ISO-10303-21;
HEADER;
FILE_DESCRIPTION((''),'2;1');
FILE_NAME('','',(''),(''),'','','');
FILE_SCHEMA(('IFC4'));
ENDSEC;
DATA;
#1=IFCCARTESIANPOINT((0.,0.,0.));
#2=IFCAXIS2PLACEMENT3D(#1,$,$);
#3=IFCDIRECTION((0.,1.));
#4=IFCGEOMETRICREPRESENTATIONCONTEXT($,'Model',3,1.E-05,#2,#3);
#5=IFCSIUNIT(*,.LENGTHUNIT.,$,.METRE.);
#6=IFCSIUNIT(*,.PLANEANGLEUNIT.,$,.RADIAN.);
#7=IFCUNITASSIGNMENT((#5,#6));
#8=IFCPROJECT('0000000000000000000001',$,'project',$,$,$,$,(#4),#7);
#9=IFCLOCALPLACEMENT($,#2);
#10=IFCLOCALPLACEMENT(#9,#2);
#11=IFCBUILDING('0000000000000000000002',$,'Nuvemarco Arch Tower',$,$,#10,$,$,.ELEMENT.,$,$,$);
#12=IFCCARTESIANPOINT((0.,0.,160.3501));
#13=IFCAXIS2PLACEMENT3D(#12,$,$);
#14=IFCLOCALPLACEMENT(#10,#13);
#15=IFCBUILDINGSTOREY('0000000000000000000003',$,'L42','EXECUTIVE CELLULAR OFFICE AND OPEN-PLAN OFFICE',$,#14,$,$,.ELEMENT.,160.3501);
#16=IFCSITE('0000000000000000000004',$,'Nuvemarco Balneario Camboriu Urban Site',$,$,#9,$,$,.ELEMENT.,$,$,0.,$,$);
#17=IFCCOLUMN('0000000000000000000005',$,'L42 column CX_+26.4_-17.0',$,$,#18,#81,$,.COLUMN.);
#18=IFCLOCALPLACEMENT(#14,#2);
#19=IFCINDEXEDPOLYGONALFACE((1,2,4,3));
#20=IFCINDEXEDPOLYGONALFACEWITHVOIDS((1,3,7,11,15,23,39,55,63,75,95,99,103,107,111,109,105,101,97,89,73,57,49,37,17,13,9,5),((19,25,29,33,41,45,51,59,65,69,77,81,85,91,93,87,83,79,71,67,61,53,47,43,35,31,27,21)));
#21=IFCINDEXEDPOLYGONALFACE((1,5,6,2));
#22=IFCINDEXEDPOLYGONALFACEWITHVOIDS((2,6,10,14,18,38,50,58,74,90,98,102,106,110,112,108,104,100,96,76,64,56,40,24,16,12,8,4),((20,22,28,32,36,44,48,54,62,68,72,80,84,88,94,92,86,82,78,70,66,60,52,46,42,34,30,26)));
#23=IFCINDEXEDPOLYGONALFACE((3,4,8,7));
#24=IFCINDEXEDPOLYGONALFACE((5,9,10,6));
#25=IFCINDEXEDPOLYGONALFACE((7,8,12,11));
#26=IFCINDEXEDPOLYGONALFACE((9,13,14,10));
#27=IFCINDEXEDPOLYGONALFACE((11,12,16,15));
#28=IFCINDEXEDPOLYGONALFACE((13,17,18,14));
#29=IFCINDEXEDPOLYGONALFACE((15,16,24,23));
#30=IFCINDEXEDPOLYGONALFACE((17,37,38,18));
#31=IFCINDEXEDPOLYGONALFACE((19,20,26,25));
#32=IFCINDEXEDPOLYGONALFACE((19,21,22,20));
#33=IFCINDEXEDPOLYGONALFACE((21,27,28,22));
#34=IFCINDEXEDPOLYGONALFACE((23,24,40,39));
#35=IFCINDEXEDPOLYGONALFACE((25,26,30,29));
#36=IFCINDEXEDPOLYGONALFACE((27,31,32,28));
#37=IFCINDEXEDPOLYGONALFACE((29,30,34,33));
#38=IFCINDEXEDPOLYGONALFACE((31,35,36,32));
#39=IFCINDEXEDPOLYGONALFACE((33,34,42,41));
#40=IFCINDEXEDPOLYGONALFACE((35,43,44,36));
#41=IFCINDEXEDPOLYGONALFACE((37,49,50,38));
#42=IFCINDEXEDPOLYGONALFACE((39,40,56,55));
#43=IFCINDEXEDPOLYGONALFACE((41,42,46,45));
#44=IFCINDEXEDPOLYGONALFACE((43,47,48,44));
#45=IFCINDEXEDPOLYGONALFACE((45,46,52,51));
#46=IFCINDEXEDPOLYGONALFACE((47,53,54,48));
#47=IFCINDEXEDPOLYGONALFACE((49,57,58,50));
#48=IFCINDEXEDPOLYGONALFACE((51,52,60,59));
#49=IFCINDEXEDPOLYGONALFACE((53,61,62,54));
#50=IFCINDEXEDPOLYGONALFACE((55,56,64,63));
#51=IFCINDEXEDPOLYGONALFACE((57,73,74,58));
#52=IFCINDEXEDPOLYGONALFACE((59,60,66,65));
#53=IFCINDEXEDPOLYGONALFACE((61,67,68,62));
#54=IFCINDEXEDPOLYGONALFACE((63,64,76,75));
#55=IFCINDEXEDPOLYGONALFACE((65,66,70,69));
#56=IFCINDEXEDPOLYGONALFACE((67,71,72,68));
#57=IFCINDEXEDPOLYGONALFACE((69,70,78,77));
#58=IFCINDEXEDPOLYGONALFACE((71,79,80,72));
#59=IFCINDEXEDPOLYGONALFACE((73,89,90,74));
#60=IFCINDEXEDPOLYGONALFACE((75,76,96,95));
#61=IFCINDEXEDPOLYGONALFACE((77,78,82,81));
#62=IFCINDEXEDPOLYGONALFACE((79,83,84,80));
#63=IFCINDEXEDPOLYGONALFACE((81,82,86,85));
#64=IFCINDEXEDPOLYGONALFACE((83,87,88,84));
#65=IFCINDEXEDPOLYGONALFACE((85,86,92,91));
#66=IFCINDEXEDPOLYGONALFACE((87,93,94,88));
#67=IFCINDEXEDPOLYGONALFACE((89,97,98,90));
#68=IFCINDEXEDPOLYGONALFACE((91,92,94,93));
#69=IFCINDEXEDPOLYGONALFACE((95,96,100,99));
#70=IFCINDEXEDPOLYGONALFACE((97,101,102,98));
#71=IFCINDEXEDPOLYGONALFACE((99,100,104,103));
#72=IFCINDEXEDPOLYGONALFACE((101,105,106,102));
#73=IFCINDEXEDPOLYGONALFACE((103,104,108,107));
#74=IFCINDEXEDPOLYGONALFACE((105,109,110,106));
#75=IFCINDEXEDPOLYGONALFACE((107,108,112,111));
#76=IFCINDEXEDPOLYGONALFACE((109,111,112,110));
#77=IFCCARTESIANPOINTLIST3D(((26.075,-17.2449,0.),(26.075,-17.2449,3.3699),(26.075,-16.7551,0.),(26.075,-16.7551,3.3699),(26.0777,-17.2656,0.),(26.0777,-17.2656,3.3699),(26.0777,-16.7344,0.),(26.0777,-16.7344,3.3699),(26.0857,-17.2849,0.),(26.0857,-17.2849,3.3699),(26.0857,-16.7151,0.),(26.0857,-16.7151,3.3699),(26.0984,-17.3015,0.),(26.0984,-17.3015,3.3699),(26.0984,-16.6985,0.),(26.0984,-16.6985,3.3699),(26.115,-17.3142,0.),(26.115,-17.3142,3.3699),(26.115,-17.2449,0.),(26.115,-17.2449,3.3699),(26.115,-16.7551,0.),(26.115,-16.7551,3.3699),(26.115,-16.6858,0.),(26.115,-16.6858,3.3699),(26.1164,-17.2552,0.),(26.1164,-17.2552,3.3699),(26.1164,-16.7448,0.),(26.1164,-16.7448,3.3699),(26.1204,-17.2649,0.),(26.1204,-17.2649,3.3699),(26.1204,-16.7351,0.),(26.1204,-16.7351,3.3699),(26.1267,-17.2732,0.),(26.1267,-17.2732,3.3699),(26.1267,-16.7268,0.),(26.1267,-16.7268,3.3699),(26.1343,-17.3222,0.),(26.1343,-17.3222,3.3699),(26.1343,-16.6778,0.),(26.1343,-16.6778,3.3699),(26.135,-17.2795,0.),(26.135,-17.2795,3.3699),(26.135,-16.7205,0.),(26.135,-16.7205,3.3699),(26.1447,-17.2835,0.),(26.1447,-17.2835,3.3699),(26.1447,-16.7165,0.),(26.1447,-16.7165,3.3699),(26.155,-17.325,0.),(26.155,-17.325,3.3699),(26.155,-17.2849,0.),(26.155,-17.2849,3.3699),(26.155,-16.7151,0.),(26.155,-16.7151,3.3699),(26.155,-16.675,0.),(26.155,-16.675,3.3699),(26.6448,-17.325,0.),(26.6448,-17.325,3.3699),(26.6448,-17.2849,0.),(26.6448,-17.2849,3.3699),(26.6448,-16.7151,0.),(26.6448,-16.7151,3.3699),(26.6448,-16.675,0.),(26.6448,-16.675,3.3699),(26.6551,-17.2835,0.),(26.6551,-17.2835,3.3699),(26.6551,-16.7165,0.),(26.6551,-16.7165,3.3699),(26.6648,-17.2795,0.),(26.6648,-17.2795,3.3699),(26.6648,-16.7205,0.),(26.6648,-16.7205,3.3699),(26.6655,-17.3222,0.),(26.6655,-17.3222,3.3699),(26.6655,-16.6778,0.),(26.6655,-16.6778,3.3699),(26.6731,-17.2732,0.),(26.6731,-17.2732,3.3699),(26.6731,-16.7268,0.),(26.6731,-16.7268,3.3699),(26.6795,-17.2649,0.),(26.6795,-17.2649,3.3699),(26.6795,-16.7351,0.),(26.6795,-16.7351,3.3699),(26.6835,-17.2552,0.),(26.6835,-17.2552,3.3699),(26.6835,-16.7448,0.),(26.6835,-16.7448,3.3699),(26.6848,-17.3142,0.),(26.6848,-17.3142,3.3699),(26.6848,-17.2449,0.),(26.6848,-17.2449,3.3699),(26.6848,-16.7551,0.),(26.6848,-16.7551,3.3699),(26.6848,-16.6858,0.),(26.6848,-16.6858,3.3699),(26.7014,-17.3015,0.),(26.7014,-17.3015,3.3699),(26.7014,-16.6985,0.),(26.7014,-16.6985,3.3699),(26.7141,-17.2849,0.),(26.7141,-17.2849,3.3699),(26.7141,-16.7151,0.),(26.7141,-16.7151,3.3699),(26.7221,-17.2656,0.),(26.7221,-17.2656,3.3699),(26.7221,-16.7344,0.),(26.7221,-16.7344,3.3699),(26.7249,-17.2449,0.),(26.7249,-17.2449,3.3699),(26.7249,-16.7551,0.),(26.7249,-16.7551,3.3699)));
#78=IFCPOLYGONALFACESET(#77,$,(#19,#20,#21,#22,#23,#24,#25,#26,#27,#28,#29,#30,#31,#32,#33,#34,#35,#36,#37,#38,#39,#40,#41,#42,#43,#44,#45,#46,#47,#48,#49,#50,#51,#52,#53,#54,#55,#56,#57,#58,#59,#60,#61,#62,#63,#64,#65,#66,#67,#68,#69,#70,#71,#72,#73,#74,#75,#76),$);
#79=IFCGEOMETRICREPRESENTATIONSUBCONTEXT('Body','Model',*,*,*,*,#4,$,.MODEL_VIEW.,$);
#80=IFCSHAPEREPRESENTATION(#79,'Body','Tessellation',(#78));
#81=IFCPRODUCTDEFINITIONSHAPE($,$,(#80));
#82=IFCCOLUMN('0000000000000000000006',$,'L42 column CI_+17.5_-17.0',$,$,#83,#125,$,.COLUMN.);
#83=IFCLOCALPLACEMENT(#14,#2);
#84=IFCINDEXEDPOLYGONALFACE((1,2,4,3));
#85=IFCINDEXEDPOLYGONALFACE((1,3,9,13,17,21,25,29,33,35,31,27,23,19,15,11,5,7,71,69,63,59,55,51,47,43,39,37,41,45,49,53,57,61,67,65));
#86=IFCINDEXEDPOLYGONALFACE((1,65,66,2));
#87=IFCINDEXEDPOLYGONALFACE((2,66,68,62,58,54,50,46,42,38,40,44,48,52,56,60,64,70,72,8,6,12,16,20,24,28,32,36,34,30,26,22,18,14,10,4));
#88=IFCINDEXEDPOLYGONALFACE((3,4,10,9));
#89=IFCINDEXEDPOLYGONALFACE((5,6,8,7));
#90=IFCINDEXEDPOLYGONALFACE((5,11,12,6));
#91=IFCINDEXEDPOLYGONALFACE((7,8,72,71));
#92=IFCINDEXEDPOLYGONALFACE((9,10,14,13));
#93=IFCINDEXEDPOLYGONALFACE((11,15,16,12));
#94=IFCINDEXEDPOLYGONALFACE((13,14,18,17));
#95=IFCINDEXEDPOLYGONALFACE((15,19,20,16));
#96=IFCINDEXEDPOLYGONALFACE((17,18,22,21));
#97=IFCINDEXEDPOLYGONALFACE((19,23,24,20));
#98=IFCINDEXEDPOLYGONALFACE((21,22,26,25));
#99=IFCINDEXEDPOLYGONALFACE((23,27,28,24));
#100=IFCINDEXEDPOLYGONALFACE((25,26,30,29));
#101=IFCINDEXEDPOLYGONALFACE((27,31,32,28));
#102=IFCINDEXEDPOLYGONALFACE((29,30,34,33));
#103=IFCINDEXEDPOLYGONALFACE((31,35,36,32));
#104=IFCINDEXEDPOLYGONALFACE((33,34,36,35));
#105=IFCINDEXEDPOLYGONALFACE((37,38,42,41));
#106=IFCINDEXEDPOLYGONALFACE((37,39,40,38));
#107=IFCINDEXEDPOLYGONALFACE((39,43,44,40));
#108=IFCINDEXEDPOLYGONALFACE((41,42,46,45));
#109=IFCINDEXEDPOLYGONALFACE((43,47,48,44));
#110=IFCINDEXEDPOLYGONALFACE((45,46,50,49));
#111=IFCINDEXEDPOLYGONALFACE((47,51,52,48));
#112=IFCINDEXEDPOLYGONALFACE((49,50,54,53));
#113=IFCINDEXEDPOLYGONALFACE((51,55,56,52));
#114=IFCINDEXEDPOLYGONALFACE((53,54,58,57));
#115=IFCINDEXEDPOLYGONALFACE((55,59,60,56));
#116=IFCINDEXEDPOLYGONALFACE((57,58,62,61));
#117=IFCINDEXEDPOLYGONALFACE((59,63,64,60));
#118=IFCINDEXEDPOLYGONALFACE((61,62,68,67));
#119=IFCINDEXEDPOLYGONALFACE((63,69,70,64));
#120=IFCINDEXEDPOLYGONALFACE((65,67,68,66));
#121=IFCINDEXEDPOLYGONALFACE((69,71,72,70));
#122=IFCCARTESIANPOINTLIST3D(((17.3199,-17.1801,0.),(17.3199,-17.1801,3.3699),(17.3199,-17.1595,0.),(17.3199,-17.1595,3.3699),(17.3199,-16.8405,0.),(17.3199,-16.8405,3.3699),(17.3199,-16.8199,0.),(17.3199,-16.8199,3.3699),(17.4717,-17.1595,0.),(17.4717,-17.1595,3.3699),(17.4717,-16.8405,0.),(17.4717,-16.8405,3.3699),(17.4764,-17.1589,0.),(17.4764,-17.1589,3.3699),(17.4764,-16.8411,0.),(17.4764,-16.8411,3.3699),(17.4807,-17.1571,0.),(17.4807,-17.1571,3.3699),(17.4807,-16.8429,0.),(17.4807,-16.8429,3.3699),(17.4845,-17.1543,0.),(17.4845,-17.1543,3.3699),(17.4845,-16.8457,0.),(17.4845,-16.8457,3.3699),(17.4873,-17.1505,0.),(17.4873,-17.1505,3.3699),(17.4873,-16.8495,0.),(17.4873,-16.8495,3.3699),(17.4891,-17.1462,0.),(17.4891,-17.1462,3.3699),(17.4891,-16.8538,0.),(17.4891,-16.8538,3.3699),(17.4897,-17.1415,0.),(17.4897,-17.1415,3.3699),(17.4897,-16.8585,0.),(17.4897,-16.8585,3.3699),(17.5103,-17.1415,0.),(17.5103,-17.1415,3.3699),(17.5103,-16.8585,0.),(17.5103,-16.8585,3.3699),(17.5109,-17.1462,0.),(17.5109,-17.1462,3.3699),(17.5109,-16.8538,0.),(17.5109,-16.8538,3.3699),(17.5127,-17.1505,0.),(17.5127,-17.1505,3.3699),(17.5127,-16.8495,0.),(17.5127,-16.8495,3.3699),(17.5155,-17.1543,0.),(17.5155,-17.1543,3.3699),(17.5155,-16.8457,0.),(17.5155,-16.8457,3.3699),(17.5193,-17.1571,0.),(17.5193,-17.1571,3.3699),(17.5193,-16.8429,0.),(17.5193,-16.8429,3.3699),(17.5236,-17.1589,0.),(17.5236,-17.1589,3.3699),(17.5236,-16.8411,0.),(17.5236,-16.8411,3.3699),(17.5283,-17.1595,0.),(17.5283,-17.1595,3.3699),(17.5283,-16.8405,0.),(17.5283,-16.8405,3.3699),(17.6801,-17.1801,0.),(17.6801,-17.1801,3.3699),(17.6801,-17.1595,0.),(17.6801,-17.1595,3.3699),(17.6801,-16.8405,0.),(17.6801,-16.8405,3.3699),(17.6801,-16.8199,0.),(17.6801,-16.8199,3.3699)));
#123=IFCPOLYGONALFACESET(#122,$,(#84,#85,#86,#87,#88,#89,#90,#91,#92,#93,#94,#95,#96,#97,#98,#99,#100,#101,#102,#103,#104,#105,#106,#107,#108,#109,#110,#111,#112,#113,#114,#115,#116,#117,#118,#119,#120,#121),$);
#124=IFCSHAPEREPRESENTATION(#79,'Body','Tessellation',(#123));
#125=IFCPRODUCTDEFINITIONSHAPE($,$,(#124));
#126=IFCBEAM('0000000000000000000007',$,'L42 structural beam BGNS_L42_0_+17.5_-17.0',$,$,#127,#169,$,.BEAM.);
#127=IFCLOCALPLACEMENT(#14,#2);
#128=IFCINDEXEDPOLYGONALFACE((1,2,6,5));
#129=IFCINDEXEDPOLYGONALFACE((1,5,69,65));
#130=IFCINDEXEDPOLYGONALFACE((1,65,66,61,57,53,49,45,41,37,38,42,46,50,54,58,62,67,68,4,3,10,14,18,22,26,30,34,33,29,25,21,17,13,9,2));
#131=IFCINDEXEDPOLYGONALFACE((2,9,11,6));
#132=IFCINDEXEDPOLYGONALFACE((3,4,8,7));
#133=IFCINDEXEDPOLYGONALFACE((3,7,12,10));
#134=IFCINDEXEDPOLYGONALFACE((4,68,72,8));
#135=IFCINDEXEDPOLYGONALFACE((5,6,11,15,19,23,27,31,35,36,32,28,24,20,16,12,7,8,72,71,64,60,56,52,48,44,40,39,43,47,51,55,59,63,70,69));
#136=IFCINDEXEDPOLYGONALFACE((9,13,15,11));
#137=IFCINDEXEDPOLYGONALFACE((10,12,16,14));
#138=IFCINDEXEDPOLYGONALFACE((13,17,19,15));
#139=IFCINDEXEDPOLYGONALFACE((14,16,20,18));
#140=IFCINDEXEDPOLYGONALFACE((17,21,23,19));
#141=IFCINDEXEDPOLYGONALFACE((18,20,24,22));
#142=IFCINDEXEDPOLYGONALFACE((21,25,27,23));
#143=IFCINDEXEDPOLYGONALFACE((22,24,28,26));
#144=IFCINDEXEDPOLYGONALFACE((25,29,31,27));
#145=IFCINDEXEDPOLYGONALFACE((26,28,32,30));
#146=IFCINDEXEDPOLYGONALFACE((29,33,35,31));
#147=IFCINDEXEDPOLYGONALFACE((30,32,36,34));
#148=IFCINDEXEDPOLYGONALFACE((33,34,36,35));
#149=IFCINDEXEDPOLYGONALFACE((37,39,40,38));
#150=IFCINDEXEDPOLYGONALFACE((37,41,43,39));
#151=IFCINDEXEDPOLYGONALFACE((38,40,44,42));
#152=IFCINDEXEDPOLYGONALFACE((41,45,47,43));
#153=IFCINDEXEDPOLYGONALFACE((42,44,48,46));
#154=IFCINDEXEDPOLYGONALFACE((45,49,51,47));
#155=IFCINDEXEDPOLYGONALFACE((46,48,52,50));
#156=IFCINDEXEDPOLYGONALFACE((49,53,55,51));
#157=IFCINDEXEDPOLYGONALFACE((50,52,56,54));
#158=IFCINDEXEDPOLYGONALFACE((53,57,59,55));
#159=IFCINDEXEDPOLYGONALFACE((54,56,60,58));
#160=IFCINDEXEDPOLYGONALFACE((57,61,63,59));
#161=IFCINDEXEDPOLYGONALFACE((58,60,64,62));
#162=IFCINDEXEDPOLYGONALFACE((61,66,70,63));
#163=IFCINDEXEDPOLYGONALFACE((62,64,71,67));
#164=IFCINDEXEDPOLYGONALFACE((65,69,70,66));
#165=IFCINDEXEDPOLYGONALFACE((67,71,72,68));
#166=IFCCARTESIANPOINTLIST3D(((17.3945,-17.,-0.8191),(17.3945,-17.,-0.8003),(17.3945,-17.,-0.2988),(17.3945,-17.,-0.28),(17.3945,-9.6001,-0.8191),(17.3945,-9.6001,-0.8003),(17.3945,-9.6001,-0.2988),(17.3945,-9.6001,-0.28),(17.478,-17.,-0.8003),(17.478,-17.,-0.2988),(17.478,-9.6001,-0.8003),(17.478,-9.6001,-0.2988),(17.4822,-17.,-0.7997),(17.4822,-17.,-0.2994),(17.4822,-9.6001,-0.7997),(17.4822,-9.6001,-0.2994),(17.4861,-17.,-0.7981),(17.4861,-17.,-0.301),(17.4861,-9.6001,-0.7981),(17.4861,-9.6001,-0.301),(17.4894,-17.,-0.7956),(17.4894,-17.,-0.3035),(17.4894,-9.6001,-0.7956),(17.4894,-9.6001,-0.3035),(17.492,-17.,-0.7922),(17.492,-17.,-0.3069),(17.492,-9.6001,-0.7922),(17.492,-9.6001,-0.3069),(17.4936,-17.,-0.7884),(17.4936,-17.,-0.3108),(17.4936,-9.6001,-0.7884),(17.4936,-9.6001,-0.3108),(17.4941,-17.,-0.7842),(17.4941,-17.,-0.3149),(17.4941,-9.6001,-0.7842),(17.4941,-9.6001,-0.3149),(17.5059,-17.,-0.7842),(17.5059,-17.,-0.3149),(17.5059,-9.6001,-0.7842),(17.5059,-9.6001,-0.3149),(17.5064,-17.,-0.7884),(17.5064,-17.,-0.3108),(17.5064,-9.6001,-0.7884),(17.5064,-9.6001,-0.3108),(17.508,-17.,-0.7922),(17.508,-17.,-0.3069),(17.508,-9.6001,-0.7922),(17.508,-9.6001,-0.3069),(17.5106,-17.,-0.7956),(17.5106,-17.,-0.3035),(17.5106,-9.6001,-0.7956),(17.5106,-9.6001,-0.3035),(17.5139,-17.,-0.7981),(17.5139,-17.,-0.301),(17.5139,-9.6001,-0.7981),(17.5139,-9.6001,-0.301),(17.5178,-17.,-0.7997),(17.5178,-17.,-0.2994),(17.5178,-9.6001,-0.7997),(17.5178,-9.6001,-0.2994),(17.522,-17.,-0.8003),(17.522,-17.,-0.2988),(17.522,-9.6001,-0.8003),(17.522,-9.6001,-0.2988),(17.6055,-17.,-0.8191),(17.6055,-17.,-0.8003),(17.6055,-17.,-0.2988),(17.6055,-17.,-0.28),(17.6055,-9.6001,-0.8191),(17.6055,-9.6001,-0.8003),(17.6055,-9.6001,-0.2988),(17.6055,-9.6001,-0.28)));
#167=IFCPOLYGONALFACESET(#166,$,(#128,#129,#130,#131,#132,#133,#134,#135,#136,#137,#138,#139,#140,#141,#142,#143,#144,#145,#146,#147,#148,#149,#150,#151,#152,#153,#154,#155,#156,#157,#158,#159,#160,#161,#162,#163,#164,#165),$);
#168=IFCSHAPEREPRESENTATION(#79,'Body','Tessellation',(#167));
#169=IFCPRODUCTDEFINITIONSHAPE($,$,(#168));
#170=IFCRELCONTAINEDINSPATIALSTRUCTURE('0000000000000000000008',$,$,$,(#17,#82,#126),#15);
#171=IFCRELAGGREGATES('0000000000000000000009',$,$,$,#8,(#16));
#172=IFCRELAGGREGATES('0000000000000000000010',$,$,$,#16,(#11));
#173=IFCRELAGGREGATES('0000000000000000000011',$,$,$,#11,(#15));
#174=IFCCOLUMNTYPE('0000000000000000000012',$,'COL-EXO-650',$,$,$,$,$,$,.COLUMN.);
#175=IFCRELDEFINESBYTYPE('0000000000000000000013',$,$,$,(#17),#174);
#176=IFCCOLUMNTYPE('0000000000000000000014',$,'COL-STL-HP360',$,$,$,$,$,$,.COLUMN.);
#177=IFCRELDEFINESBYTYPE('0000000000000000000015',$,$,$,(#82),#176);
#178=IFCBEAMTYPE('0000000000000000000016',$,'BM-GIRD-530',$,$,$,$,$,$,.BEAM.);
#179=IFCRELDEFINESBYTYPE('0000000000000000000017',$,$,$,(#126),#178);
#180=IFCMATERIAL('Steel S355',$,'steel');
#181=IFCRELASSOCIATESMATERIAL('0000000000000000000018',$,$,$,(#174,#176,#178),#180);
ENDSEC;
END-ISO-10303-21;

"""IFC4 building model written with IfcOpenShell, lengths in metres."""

from ifc_helpers import new_model, si_unit, direction, frame, origin, origin_2d, place, context, subcontext, project, spatial, hollow_rectangle, i_section, extrude, material, material_profile, profile_set, type_object, element, save


model = new_model("IFC4")

# Units and contexts
model_context = context("Model", 3, precision=1e-05, world=origin(), true_north=direction((0.0, 1.0)))
body_context = subcontext(model_context, "Body", "Model", "MODEL_VIEW")
ifc_project = project(units=[si_unit("LENGTHUNIT", "METRE"), si_unit("PLANEANGLEUNIT", "RADIAN")], contexts=[model_context])

# Site, building, storey
site_placement = place(None, origin())
site = spatial("IfcSite", under=ifc_project, at=site_placement, Name="Nuvemarco Balneario Camboriu Urban Site", CompositionType="ELEMENT", RefElevation=0.0)
building_placement = place(site_placement, origin())
building = spatial("IfcBuilding", under=site, at=building_placement, Name="Nuvemarco Arch Tower", CompositionType="ELEMENT")
storey_placement = place(building_placement, frame((0.0, 0.0, 160.3501)))
storey = spatial("IfcBuildingStorey", under=building, at=storey_placement, Name="L42", Description="EXECUTIVE CELLULAR OFFICE AND OPEN-PLAN OFFICE", CompositionType="ELEMENT", Elevation=160.3501)

# Columns
ifc_material_1 = material(Name="Steel S355", Category="steel")
ifc_material_profile_1 = material_profile(ifc_material_1, hollow_rectangle(XDim=0.6499, YDim=0.6499, WallThickness=0.04, InnerFilletRadius=0.04, OuterFilletRadius=0.0801, at=origin_2d()), Name="SHS650x650x40")
ifc_profile_set_1 = profile_set([ifc_material_profile_1], Name="Steel S355")
column_type_1 = type_object("IfcColumnType", Name="COL-EXO-650", PredefinedType="COLUMN", material=ifc_profile_set_1)
column_1_placement = place(storey_placement, frame((26.3999, -17.0, 0.0), z_axis=(0.0, 0.0, 1.0), x_axis=(1.0, 0.0, 0.0)))
element("IfcColumn", 1, at=column_1_placement, inside=storey, type_object=column_type_1, Name="L42 column CX_+26.4_-17.0", PredefinedType="COLUMN", context=body_context, shape_type="SweptSolid", body=[
    extrude(hollow_rectangle(XDim=0.6499, YDim=0.6499, WallThickness=0.04, InnerFilletRadius=0.04, OuterFilletRadius=0.0801, at=origin_2d()), origin(), (0.0, 0.0, 1.0), 3.3699),
])
ifc_material_profile_2 = material_profile(ifc_material_1, i_section(OverallWidth=0.3601, OverallDepth=0.3601, WebThickness=0.0205, FlangeThickness=0.0205, FilletRadius=0.0181, at=origin_2d()), Name="HP360x174")
ifc_profile_set_2 = profile_set([ifc_material_profile_2], Name="Steel S355")
column_type_2 = type_object("IfcColumnType", Name="COL-STL-HP360", PredefinedType="COLUMN", material=ifc_profile_set_2)
column_2_placement = place(storey_placement, frame((17.5, -17.0, 0.0), z_axis=(0.0, 0.0, 1.0), x_axis=(1.0, 0.0, 0.0)))
element("IfcColumn", 2, at=column_2_placement, inside=storey, type_object=column_type_2, Name="L42 column CI_+17.5_-17.0", PredefinedType="COLUMN", context=body_context, shape_type="SweptSolid", body=[
    extrude(i_section(OverallWidth=0.3601, OverallDepth=0.3601, WebThickness=0.0205, FlangeThickness=0.0205, FilletRadius=0.0181, at=origin_2d()), origin(), (0.0, 0.0, 1.0), 3.3699),
])

# Beam
ifc_material_profile_3 = material_profile(ifc_material_1, i_section(OverallWidth=0.2109, OverallDepth=0.5391, WebThickness=0.0117, FlangeThickness=0.0188, FilletRadius=0.0161, at=origin_2d()), Name="W530x109")
ifc_profile_set_3 = profile_set([ifc_material_profile_3], Name="Steel S355")
beam_type_1 = type_object("IfcBeamType", Name="BM-GIRD-530", PredefinedType="BEAM", material=ifc_profile_set_3)
beam_1_placement = place(storey_placement, frame((17.5, -17.0, -0.5496), z_axis=(0.0, 1.0, 0.0), x_axis=(-1.0, 0.0, 0.0)))
element("IfcBeam", 3, at=beam_1_placement, inside=storey, type_object=beam_type_1, Name="L42 structural beam BGNS_L42_0_+17.5_-17.0", PredefinedType="BEAM", context=body_context, shape_type="SweptSolid", body=[
    extrude(i_section(OverallWidth=0.2109, OverallDepth=0.5391, WebThickness=0.0117, FlangeThickness=0.0188, FilletRadius=0.0161, at=origin_2d()), origin(), (0.0, 0.0, 1.0), 7.3999),
])

save(model, "model.ifc")
